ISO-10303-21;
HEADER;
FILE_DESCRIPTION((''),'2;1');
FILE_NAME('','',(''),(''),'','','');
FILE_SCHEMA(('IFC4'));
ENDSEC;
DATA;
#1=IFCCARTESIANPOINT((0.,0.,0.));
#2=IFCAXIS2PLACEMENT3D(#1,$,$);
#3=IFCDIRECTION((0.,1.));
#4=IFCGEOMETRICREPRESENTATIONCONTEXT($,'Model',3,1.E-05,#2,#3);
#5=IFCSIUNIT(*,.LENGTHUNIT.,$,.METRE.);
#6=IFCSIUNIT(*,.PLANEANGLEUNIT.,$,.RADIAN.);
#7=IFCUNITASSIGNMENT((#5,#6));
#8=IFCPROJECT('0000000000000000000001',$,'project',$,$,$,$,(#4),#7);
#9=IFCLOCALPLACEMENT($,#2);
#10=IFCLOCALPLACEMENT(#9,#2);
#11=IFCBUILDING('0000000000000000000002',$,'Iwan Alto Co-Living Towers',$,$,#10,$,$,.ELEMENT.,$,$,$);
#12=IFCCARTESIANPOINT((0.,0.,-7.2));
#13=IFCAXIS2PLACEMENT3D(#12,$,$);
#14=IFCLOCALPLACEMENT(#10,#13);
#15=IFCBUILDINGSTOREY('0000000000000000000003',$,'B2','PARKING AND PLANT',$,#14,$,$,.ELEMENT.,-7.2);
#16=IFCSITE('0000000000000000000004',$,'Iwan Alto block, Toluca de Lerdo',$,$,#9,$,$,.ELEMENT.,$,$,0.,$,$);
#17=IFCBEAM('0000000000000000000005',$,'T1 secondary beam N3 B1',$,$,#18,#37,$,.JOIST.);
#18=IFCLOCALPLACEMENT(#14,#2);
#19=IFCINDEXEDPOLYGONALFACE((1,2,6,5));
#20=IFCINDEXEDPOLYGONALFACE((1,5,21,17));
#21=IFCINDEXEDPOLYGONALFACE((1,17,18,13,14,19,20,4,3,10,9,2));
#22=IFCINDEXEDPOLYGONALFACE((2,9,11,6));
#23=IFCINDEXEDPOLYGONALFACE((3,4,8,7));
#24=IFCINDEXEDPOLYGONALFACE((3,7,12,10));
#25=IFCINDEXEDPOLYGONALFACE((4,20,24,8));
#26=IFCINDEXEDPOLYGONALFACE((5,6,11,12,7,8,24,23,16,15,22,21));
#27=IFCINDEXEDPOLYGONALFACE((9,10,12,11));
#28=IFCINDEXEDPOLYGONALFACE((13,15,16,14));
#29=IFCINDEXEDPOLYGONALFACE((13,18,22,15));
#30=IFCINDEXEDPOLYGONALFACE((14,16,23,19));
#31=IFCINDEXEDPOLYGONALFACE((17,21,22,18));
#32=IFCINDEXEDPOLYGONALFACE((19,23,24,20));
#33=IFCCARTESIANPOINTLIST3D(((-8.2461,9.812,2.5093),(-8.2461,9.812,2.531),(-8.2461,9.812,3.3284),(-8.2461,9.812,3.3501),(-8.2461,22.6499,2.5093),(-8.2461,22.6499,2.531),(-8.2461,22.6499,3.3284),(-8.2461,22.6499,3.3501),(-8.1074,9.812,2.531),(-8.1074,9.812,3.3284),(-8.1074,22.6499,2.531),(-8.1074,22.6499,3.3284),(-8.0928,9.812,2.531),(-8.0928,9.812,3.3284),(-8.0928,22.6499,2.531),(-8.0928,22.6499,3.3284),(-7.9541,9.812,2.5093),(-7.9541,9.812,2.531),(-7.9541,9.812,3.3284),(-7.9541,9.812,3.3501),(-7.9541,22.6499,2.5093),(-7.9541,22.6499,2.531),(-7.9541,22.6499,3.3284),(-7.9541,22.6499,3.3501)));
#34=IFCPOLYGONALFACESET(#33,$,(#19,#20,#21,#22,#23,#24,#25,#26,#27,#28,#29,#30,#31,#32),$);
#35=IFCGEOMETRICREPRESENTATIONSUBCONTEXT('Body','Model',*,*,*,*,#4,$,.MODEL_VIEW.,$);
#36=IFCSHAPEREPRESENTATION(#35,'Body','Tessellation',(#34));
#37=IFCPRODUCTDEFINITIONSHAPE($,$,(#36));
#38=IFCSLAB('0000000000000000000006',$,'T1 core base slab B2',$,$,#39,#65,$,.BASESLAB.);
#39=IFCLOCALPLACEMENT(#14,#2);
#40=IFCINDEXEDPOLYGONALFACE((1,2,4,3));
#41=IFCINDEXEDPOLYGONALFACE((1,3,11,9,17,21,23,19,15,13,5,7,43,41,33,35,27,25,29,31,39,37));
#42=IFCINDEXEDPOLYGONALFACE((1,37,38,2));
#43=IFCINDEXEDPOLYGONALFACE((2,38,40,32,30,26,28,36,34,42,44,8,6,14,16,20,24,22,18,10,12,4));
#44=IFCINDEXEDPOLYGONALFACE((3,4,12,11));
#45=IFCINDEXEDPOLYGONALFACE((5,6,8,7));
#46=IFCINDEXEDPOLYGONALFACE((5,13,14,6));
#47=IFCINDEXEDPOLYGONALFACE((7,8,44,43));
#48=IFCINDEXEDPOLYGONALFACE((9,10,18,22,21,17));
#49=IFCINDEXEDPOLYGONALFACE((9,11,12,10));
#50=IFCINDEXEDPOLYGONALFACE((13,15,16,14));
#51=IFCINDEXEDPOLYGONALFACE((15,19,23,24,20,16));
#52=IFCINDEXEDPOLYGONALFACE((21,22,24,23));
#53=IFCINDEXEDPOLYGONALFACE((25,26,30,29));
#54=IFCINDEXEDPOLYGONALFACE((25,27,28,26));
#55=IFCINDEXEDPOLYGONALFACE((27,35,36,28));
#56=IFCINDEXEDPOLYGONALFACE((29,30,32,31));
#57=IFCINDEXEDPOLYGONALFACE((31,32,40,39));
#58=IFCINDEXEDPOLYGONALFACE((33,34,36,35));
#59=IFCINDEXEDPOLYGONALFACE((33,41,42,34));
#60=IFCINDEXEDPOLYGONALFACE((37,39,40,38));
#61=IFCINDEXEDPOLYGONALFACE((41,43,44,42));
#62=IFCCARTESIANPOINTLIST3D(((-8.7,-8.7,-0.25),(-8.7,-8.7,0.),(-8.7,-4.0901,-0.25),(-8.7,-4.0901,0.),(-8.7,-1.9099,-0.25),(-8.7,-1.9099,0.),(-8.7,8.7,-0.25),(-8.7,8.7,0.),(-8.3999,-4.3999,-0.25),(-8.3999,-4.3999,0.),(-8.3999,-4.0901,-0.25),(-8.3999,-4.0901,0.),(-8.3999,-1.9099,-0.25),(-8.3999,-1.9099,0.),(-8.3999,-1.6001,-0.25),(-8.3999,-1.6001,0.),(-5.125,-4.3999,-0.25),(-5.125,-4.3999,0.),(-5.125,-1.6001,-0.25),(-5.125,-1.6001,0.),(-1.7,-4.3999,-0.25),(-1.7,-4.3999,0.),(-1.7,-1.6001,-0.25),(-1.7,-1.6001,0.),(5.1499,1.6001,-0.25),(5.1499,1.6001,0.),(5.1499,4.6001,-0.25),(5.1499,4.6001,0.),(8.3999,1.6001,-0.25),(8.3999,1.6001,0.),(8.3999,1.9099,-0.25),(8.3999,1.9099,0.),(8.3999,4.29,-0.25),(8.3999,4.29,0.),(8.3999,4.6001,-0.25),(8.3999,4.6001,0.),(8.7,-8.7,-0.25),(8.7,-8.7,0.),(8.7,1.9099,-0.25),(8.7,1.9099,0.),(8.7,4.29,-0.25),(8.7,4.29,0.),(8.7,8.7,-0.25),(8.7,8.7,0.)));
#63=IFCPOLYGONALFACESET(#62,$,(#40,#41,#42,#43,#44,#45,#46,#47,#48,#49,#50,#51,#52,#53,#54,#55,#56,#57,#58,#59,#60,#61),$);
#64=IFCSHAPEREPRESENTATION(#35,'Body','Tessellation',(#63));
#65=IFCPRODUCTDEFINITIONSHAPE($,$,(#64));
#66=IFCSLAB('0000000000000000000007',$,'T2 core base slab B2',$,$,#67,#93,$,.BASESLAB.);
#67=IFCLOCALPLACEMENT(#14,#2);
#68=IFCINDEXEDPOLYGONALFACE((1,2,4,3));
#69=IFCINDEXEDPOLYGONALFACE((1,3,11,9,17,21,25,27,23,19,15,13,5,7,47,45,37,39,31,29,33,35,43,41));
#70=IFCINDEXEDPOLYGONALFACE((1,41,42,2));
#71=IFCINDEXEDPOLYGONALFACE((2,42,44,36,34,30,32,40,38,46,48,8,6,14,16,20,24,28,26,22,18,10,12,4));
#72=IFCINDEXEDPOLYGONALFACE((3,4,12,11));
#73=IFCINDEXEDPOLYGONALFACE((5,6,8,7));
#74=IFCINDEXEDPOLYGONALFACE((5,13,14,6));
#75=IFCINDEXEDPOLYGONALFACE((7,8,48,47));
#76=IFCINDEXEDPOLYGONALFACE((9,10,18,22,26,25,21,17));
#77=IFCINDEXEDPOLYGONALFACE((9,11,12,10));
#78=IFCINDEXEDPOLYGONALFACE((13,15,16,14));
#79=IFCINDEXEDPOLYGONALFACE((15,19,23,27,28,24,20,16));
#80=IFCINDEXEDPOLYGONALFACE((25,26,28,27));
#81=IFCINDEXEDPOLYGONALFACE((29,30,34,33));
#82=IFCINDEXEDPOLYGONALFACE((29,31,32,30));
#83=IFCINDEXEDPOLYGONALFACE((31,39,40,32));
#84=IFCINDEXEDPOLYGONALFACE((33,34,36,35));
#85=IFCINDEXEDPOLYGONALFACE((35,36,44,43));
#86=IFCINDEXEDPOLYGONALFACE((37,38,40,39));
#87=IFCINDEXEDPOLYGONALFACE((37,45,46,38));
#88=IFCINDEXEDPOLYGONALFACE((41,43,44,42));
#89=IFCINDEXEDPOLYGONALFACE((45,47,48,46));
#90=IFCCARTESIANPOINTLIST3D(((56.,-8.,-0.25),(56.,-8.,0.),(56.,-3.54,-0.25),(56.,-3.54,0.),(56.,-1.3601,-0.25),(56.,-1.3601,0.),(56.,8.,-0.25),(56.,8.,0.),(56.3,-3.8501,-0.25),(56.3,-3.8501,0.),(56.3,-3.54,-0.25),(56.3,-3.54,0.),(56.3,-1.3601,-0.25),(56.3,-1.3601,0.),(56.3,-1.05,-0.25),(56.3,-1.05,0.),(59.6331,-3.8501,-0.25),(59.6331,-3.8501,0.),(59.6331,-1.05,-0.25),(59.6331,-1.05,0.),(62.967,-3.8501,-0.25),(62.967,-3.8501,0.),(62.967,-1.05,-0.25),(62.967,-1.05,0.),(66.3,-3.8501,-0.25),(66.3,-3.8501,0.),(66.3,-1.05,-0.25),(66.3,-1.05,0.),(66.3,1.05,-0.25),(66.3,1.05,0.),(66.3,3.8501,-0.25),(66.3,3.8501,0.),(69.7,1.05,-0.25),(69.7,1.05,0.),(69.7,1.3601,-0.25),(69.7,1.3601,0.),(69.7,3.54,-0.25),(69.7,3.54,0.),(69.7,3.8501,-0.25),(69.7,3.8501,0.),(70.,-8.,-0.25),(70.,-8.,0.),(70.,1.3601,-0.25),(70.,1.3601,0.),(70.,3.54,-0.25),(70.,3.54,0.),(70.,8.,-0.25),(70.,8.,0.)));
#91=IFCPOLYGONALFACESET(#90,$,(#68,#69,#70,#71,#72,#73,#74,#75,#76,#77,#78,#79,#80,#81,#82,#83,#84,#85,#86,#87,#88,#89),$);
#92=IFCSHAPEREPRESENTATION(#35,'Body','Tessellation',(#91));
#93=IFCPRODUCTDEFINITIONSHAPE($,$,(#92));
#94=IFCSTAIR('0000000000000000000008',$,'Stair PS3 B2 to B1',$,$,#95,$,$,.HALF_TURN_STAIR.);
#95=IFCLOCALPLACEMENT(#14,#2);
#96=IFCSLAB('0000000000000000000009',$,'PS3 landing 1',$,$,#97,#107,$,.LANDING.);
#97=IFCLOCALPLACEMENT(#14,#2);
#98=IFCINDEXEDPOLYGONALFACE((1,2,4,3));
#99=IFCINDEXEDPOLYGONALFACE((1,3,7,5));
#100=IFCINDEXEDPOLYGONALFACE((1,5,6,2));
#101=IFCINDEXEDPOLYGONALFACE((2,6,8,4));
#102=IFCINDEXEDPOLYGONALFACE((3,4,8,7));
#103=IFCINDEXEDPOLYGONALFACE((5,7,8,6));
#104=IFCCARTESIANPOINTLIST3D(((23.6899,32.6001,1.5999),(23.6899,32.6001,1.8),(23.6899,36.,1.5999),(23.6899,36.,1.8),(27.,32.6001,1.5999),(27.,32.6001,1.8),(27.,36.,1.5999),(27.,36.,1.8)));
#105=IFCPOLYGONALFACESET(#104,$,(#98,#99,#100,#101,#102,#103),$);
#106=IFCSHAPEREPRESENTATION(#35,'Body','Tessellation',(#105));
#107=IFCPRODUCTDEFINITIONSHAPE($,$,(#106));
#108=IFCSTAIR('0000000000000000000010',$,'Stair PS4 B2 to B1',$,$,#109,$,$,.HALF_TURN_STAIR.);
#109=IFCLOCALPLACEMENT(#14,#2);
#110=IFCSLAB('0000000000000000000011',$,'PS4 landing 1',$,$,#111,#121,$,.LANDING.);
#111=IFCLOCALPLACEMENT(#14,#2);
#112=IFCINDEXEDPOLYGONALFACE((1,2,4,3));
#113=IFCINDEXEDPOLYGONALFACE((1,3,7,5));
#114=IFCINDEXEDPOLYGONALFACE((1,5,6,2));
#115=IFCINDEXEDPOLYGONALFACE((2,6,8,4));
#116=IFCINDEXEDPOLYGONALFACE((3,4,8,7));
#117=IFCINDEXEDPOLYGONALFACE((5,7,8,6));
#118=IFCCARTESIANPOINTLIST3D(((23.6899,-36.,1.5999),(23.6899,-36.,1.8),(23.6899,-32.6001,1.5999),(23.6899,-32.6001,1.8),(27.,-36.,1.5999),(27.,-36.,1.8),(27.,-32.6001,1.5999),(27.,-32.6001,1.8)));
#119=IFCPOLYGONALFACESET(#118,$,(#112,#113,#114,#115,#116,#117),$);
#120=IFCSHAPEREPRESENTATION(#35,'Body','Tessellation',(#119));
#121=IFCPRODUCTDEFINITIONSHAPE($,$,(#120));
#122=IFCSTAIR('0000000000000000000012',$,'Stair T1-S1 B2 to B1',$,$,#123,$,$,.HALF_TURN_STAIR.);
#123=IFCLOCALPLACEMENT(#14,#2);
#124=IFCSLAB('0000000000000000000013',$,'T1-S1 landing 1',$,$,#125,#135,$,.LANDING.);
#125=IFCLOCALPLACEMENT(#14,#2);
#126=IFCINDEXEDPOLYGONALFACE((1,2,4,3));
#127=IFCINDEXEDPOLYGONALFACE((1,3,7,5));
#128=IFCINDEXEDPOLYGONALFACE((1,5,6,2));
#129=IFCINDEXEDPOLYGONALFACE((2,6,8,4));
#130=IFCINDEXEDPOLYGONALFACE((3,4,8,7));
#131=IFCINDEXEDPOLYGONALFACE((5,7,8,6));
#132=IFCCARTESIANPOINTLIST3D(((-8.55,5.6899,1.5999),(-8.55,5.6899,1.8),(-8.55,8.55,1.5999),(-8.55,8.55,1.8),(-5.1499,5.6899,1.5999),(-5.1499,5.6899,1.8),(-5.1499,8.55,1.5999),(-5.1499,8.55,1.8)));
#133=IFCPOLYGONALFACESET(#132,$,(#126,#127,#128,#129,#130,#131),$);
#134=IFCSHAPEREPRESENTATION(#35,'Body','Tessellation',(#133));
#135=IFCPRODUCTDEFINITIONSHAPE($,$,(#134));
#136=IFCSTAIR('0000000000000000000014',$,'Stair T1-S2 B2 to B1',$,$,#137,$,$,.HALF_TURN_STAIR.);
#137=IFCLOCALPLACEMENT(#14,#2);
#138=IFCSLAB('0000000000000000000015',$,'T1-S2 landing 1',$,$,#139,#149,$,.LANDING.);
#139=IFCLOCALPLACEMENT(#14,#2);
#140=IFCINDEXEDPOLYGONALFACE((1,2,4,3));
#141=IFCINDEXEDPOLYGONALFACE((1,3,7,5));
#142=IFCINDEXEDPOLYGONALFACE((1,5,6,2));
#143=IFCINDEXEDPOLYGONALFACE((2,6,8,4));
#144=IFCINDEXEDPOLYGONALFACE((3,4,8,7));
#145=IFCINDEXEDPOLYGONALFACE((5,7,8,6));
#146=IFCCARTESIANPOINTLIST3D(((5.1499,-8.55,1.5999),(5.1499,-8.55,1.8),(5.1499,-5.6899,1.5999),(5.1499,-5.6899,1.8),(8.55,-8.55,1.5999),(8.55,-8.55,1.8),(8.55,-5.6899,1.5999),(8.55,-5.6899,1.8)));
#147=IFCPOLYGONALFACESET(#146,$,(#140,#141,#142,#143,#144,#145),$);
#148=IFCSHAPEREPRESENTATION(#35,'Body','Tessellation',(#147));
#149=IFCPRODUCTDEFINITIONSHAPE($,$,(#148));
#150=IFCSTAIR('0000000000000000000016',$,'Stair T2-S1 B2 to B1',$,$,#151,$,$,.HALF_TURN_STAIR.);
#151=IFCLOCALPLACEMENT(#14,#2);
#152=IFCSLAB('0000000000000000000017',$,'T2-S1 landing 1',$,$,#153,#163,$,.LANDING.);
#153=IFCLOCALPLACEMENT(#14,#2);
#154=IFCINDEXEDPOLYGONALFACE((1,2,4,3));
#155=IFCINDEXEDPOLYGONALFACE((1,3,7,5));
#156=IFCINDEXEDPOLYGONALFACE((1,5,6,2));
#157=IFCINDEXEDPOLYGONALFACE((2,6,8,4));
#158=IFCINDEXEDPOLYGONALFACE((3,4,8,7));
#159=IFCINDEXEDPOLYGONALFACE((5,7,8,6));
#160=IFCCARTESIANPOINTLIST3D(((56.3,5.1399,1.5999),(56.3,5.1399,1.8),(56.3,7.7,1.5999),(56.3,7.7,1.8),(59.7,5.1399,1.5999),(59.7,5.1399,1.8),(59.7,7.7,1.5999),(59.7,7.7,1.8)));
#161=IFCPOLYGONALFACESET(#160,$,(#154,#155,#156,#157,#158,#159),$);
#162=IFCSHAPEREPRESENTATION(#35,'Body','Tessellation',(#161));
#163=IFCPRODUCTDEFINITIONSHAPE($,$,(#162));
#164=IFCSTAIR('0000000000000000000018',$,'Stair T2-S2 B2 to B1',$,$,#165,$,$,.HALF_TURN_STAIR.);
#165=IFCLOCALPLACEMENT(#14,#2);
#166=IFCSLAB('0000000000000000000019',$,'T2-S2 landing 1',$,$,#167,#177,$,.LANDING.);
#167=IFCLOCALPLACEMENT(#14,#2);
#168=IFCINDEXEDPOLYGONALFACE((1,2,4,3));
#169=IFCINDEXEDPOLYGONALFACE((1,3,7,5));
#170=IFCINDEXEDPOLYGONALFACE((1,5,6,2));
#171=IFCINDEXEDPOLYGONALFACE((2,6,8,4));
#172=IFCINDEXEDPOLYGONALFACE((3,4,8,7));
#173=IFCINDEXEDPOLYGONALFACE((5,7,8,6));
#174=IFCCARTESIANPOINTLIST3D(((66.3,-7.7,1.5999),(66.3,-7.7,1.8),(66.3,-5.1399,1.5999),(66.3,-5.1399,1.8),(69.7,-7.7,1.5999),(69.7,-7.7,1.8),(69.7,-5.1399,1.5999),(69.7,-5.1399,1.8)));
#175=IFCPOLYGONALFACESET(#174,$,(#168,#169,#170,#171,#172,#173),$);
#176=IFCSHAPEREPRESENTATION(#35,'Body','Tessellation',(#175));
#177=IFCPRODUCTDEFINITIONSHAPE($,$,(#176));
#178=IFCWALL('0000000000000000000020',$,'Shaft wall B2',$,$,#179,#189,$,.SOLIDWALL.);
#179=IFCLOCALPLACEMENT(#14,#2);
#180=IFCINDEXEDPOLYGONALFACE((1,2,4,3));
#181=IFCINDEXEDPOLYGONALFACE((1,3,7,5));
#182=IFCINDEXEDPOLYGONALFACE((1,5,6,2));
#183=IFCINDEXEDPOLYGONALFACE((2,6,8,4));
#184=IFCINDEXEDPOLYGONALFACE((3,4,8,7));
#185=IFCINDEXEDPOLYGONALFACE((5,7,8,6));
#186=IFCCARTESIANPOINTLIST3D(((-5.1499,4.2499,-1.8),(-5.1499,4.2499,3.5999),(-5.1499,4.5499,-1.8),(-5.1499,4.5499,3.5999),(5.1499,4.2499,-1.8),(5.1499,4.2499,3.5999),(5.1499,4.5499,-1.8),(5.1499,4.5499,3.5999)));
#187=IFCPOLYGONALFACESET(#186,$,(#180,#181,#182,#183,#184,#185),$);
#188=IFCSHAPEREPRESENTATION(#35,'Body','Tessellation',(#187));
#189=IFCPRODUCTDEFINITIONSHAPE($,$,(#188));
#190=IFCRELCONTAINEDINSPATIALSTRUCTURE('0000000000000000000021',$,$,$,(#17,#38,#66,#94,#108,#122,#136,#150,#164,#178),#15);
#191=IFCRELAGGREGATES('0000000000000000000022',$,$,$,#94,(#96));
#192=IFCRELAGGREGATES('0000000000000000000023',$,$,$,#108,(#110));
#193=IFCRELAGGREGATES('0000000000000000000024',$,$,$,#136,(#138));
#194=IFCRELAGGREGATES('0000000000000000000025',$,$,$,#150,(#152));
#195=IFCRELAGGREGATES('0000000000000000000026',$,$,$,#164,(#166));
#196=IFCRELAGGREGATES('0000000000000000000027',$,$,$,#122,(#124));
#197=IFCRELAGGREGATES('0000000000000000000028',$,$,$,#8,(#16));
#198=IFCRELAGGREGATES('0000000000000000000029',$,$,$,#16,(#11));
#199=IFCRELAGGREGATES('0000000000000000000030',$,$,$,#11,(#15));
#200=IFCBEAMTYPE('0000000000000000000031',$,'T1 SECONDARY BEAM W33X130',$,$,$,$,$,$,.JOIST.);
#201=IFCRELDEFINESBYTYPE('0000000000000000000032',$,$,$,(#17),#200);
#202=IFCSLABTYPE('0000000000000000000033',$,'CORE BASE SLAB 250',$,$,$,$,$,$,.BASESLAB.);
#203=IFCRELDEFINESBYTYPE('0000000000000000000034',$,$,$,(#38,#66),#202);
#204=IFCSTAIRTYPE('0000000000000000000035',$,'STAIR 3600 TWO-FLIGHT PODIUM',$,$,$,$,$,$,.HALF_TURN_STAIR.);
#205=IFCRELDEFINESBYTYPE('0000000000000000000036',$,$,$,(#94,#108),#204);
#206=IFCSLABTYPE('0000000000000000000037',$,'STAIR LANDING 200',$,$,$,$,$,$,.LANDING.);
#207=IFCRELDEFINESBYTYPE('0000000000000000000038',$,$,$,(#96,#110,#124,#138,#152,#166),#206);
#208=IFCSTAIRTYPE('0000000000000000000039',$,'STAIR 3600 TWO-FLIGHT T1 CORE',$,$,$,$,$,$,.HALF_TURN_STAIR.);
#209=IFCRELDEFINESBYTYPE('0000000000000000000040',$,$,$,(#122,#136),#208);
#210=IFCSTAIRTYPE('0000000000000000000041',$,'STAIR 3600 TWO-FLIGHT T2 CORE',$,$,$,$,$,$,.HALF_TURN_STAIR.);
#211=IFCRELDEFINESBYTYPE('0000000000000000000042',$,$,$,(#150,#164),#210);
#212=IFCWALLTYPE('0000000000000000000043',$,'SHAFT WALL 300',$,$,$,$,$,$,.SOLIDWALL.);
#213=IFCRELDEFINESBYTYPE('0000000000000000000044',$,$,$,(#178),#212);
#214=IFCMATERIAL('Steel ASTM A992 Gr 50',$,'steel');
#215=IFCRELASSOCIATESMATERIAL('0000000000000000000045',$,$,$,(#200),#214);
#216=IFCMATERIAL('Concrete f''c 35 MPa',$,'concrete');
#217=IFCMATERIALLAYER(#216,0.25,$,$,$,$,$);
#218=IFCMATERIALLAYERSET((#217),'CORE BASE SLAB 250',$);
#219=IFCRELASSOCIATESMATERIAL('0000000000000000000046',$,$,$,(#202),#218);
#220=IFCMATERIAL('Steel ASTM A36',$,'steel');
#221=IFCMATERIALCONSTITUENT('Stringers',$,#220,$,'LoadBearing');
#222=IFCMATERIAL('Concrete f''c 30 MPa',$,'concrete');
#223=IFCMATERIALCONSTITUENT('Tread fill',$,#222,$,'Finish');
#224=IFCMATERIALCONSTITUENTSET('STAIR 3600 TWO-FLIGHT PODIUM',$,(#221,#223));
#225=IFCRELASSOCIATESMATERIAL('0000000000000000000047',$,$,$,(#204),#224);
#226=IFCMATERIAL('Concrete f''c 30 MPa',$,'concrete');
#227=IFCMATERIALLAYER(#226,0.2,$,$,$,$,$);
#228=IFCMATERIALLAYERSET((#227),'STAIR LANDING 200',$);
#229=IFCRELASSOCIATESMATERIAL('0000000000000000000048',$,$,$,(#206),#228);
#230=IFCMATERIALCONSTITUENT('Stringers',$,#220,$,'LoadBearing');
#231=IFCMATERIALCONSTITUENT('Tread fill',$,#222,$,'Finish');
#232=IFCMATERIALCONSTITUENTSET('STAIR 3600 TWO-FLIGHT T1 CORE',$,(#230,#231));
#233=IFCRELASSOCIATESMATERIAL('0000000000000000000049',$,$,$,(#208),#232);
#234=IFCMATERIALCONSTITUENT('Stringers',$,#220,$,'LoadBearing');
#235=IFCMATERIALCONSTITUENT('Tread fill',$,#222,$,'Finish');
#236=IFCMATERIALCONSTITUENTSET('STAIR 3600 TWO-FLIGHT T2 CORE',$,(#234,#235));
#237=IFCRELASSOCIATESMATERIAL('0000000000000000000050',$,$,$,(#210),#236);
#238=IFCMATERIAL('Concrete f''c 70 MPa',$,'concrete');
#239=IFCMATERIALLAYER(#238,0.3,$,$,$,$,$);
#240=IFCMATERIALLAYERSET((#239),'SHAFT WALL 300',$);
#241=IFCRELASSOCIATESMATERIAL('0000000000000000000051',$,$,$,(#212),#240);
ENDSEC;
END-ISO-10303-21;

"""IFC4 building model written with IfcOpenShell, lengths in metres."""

from ifc_helpers import new_model, si_unit, direction, frame, frame_2d, origin, origin_2d, place, context, subcontext, project, spatial, polyline, rectangle, i_section, outline, extrude, material, layer, layer_set, constituent, constituent_set, material_profile, profile_set, type_object, element, aggregate, save


model = new_model("IFC4")

# Units and contexts
model_context = context("Model", 3, precision=1e-05, world=origin(), true_north=direction((0.0, 1.0)))
body_context = subcontext(model_context, "Body", "Model", "MODEL_VIEW")
ifc_project = project(units=[si_unit("LENGTHUNIT", "METRE"), si_unit("PLANEANGLEUNIT", "RADIAN")], contexts=[model_context])

# Site, building, storey
site_placement = place(None, origin())
site = spatial("IfcSite", under=ifc_project, at=site_placement, Name="Iwan Alto block, Toluca de Lerdo", CompositionType="ELEMENT", RefElevation=0.0)
building_placement = place(site_placement, origin())
building = spatial("IfcBuilding", under=site, at=building_placement, Name="Iwan Alto Co-Living Towers", CompositionType="ELEMENT")
storey_placement = place(building_placement, frame((0.0, 0.0, -7.2)))
storey = spatial("IfcBuildingStorey", under=building, at=storey_placement, Name="B2", Description="PARKING AND PLANT", CompositionType="ELEMENT", Elevation=-7.2)

# Beam
ifc_material_1 = material(Name="Steel ASTM A992 Gr 50", Category="steel")
ifc_material_profile = material_profile(ifc_material_1, i_section(OverallWidth=0.292, OverallDepth=0.8408, WebThickness=0.0146, FlangeThickness=0.0217, at=origin_2d()), Name="W33X130")
ifc_profile_set = profile_set([ifc_material_profile], Name="Steel ASTM A992 Gr 50")
beam_type = type_object("IfcBeamType", Name="T1 SECONDARY BEAM W33X130", PredefinedType="JOIST", material=ifc_profile_set)
beam_placement = place(storey_placement, frame((-8.1001, 22.6499, 2.9297), z_axis=(0.0, -1.0, 0.0), x_axis=(1.0, 0.0, 0.0)))
element("IfcBeam", 1, at=beam_placement, inside=storey, type_object=beam_type, Name="T1 secondary beam N3 B1", PredefinedType="JOIST", context=body_context, shape_type="SweptSolid", body=[
    extrude(i_section(OverallWidth=0.292, OverallDepth=0.8408, WebThickness=0.0146, FlangeThickness=0.0217, at=origin_2d()), origin(), (0.0, 0.0, 1.0), 12.8379),
])

# Slabs
ifc_material_2 = material(Name="Concrete f'c 35 MPa", Category="concrete")
ifc_layer_1 = layer(ifc_material_2, 0.25)
ifc_layer_set_1 = layer_set([ifc_layer_1], Name="CORE BASE SLAB 250")
slab_type_1 = type_object("IfcSlabType", Name="CORE BASE SLAB 250", PredefinedType="BASESLAB", material=ifc_layer_set_1)
slab_1_placement = place(storey_placement, frame((0.0, 0.0, -0.25)))
element("IfcSlab", 2, at=slab_1_placement, inside=storey, type_object=slab_type_1, Name="T1 core base slab B2", PredefinedType="BASESLAB", context=body_context, shape_type="SweptSolid", body=[
    extrude(outline(polyline([(-8.3999, -4.3999), (-5.125, -4.3999), (-1.7, -4.3999), (-1.7, -1.6001), (-5.125, -1.6001), (-8.3999, -1.6001), (-8.3999, -1.9099), (-8.7, -1.9099), (-8.7, 8.7), (8.7, 8.7), (8.7, 4.29), (8.3999, 4.29), (8.3999, 4.6001), (5.1499, 4.6001), (5.1499, 1.6001), (8.3999, 1.6001), (8.3999, 1.9099), (8.7, 1.9099), (8.7, -8.7), (-8.7, -8.7), (-8.7, -4.0901), (-8.3999, -4.0901), (-8.3999, -4.3999)])), origin(), (0.0, 0.0, 1.0), 0.25),
])
slab_2_placement = place(storey_placement, frame((0.0, 0.0, -0.25)))
element("IfcSlab", 3, at=slab_2_placement, inside=storey, type_object=slab_type_1, Name="T2 core base slab B2", PredefinedType="BASESLAB", context=body_context, shape_type="SweptSolid", body=[
    extrude(outline(polyline([(56.3, -3.8501), (59.6331, -3.8501), (62.967, -3.8501), (66.3, -3.8501), (66.3, -1.05), (62.967, -1.05), (59.6331, -1.05), (56.3, -1.05), (56.3, -1.3601), (56.0, -1.3601), (56.0, 8.0), (70.0, 8.0), (70.0, 3.54), (69.7, 3.54), (69.7, 3.8501), (66.3, 3.8501), (66.3, 1.05), (69.7, 1.05), (69.7, 1.3601), (70.0, 1.3601), (70.0, -8.0), (56.0, -8.0), (56.0, -3.54), (56.3, -3.54), (56.3, -3.8501)])), origin(), (0.0, 0.0, 1.0), 0.25),
])

# Stairs, slabs
ifc_material_3 = material(Name="Steel ASTM A36", Category="steel")
ifc_constituent_1 = constituent(ifc_material_3, Name="Stringers", Category="LoadBearing")
ifc_material_4 = material(Name="Concrete f'c 30 MPa", Category="concrete")
ifc_constituent_2 = constituent(ifc_material_4, Name="Tread fill", Category="Finish")
ifc_constituent_set_1 = constituent_set(constituents=[ifc_constituent_1, ifc_constituent_2], Name="STAIR 3600 TWO-FLIGHT PODIUM")
stair_type_1 = type_object("IfcStairType", Name="STAIR 3600 TWO-FLIGHT PODIUM", PredefinedType="HALF_TURN_STAIR", material=ifc_constituent_set_1)
stair_1_placement = place(storey_placement, origin())
stair_1 = element("IfcStair", 4, at=stair_1_placement, inside=storey, type_object=stair_type_1, Name="Stair PS3 B2 to B1", PredefinedType="HALF_TURN_STAIR")
ifc_material_5 = material(Name="Concrete f'c 30 MPa", Category="concrete")
ifc_layer_2 = layer(ifc_material_5, 0.2)
ifc_layer_set_2 = layer_set([ifc_layer_2], Name="STAIR LANDING 200")
slab_type_2 = type_object("IfcSlabType", Name="STAIR LANDING 200", PredefinedType="LANDING", material=ifc_layer_set_2)
slab_3_placement = place(storey_placement, frame((0.0, 0.0, 1.5999)))
slab_3 = element("IfcSlab", 5, at=slab_3_placement, type_object=slab_type_2, Name="PS3 landing 1", PredefinedType="LANDING", context=body_context, shape_type="SweptSolid", body=[
    extrude(outline(polyline([(23.6899, 32.6001), (27.0, 32.6001), (27.0, 36.0), (23.6899, 36.0), (23.6899, 32.6001)])), origin(), (0.0, 0.0, 1.0), 0.2002),
])
aggregate(stair_1, [slab_3])
stair_2_placement = place(storey_placement, origin())
stair_2 = element("IfcStair", 6, at=stair_2_placement, inside=storey, type_object=stair_type_1, Name="Stair PS4 B2 to B1", PredefinedType="HALF_TURN_STAIR")
slab_4_placement = place(storey_placement, frame((0.0, 0.0, 1.5999)))
slab_4 = element("IfcSlab", 7, at=slab_4_placement, type_object=slab_type_2, Name="PS4 landing 1", PredefinedType="LANDING", context=body_context, shape_type="SweptSolid", body=[
    extrude(outline(polyline([(23.6899, -36.0), (27.0, -36.0), (27.0, -32.6001), (23.6899, -32.6001), (23.6899, -36.0)])), origin(), (0.0, 0.0, 1.0), 0.2002),
])
aggregate(stair_2, [slab_4])
ifc_constituent_3 = constituent(ifc_material_3, Name="Stringers", Category="LoadBearing")
ifc_constituent_4 = constituent(ifc_material_4, Name="Tread fill", Category="Finish")
ifc_constituent_set_2 = constituent_set(constituents=[ifc_constituent_3, ifc_constituent_4], Name="STAIR 3600 TWO-FLIGHT T1 CORE")
stair_type_2 = type_object("IfcStairType", Name="STAIR 3600 TWO-FLIGHT T1 CORE", PredefinedType="HALF_TURN_STAIR", material=ifc_constituent_set_2)
stair_3_placement = place(storey_placement, origin())
stair_3 = element("IfcStair", 8, at=stair_3_placement, inside=storey, type_object=stair_type_2, Name="Stair T1-S1 B2 to B1", PredefinedType="HALF_TURN_STAIR")
slab_5_placement = place(storey_placement, frame((0.0, 0.0, 1.5999)))
slab_5 = element("IfcSlab", 9, at=slab_5_placement, type_object=slab_type_2, Name="T1-S1 landing 1", PredefinedType="LANDING", context=body_context, shape_type="SweptSolid", body=[
    extrude(outline(polyline([(-8.55, 5.6899), (-8.55, 8.55), (-5.1499, 8.55), (-5.1499, 5.6899), (-8.55, 5.6899)])), origin(), (0.0, 0.0, 1.0), 0.2002),
])
stair_4_placement = place(storey_placement, origin())
stair_4 = element("IfcStair", 10, at=stair_4_placement, inside=storey, type_object=stair_type_2, Name="Stair T1-S2 B2 to B1", PredefinedType="HALF_TURN_STAIR")
slab_6_placement = place(storey_placement, frame((0.0, 0.0, 1.5999)))
slab_6 = element("IfcSlab", 11, at=slab_6_placement, type_object=slab_type_2, Name="T1-S2 landing 1", PredefinedType="LANDING", context=body_context, shape_type="SweptSolid", body=[
    extrude(outline(polyline([(5.1499, -5.6899), (5.1499, -8.55), (8.55, -8.55), (8.55, -5.6899), (5.1499, -5.6899)])), origin(), (0.0, 0.0, 1.0), 0.2002),
])
aggregate(stair_4, [slab_6])
ifc_constituent_5 = constituent(ifc_material_3, Name="Stringers", Category="LoadBearing")
ifc_constituent_6 = constituent(ifc_material_4, Name="Tread fill", Category="Finish")
ifc_constituent_set_3 = constituent_set(constituents=[ifc_constituent_5, ifc_constituent_6], Name="STAIR 3600 TWO-FLIGHT T2 CORE")
stair_type_3 = type_object("IfcStairType", Name="STAIR 3600 TWO-FLIGHT T2 CORE", PredefinedType="HALF_TURN_STAIR", material=ifc_constituent_set_3)
stair_5_placement = place(storey_placement, origin())
stair_5 = element("IfcStair", 12, at=stair_5_placement, inside=storey, type_object=stair_type_3, Name="Stair T2-S1 B2 to B1", PredefinedType="HALF_TURN_STAIR")
slab_7_placement = place(storey_placement, frame((0.0, 0.0, 1.5999)))
slab_7 = element("IfcSlab", 13, at=slab_7_placement, type_object=slab_type_2, Name="T2-S1 landing 1", PredefinedType="LANDING", context=body_context, shape_type="SweptSolid", body=[
    extrude(outline(polyline([(56.3, 5.1399), (56.3, 7.7), (59.7, 7.7), (59.7, 5.1399), (56.3, 5.1399)])), origin(), (0.0, 0.0, 1.0), 0.2002),
])
aggregate(stair_5, [slab_7])
stair_6_placement = place(storey_placement, origin())
stair_6 = element("IfcStair", 14, at=stair_6_placement, inside=storey, type_object=stair_type_3, Name="Stair T2-S2 B2 to B1", PredefinedType="HALF_TURN_STAIR")
slab_8_placement = place(storey_placement, frame((0.0, 0.0, 1.5999)))
slab_8 = element("IfcSlab", 15, at=slab_8_placement, type_object=slab_type_2, Name="T2-S2 landing 1", PredefinedType="LANDING", context=body_context, shape_type="SweptSolid", body=[
    extrude(outline(polyline([(66.3, -5.1399), (66.3, -7.7), (69.7, -7.7), (69.7, -5.1399), (66.3, -5.1399)])), origin(), (0.0, 0.0, 1.0), 0.2002),
])
aggregate(stair_6, [slab_8])

# Wall
ifc_material_6 = material(Name="Concrete f'c 70 MPa", Category="concrete")
ifc_layer_3 = layer(ifc_material_6, 0.3)
ifc_layer_set_3 = layer_set([ifc_layer_3], Name="SHAFT WALL 300")
wall_type = type_object("IfcWallType", Name="SHAFT WALL 300", PredefinedType="SOLIDWALL", material=ifc_layer_set_3)
wall_1_placement = place(storey_placement, frame((-5.1499, 4.3999, -1.8), z_axis=(0.0, 0.0, 1.0), x_axis=(1.0, 0.0, 0.0)))
element("IfcWall", 16, at=wall_1_placement, inside=storey, type_object=wall_type, Name="Shaft wall B2", PredefinedType="SOLIDWALL", context=body_context, shape_type="SweptSolid", body=[
    extrude(rectangle(XDim=10.2998, YDim=0.3, at=frame_2d((5.1499, 0.0))), origin(), (0.0, 0.0, 1.0), 5.3999),
])

aggregate(stair_3, [slab_5])

save(model, "model.ifc")
